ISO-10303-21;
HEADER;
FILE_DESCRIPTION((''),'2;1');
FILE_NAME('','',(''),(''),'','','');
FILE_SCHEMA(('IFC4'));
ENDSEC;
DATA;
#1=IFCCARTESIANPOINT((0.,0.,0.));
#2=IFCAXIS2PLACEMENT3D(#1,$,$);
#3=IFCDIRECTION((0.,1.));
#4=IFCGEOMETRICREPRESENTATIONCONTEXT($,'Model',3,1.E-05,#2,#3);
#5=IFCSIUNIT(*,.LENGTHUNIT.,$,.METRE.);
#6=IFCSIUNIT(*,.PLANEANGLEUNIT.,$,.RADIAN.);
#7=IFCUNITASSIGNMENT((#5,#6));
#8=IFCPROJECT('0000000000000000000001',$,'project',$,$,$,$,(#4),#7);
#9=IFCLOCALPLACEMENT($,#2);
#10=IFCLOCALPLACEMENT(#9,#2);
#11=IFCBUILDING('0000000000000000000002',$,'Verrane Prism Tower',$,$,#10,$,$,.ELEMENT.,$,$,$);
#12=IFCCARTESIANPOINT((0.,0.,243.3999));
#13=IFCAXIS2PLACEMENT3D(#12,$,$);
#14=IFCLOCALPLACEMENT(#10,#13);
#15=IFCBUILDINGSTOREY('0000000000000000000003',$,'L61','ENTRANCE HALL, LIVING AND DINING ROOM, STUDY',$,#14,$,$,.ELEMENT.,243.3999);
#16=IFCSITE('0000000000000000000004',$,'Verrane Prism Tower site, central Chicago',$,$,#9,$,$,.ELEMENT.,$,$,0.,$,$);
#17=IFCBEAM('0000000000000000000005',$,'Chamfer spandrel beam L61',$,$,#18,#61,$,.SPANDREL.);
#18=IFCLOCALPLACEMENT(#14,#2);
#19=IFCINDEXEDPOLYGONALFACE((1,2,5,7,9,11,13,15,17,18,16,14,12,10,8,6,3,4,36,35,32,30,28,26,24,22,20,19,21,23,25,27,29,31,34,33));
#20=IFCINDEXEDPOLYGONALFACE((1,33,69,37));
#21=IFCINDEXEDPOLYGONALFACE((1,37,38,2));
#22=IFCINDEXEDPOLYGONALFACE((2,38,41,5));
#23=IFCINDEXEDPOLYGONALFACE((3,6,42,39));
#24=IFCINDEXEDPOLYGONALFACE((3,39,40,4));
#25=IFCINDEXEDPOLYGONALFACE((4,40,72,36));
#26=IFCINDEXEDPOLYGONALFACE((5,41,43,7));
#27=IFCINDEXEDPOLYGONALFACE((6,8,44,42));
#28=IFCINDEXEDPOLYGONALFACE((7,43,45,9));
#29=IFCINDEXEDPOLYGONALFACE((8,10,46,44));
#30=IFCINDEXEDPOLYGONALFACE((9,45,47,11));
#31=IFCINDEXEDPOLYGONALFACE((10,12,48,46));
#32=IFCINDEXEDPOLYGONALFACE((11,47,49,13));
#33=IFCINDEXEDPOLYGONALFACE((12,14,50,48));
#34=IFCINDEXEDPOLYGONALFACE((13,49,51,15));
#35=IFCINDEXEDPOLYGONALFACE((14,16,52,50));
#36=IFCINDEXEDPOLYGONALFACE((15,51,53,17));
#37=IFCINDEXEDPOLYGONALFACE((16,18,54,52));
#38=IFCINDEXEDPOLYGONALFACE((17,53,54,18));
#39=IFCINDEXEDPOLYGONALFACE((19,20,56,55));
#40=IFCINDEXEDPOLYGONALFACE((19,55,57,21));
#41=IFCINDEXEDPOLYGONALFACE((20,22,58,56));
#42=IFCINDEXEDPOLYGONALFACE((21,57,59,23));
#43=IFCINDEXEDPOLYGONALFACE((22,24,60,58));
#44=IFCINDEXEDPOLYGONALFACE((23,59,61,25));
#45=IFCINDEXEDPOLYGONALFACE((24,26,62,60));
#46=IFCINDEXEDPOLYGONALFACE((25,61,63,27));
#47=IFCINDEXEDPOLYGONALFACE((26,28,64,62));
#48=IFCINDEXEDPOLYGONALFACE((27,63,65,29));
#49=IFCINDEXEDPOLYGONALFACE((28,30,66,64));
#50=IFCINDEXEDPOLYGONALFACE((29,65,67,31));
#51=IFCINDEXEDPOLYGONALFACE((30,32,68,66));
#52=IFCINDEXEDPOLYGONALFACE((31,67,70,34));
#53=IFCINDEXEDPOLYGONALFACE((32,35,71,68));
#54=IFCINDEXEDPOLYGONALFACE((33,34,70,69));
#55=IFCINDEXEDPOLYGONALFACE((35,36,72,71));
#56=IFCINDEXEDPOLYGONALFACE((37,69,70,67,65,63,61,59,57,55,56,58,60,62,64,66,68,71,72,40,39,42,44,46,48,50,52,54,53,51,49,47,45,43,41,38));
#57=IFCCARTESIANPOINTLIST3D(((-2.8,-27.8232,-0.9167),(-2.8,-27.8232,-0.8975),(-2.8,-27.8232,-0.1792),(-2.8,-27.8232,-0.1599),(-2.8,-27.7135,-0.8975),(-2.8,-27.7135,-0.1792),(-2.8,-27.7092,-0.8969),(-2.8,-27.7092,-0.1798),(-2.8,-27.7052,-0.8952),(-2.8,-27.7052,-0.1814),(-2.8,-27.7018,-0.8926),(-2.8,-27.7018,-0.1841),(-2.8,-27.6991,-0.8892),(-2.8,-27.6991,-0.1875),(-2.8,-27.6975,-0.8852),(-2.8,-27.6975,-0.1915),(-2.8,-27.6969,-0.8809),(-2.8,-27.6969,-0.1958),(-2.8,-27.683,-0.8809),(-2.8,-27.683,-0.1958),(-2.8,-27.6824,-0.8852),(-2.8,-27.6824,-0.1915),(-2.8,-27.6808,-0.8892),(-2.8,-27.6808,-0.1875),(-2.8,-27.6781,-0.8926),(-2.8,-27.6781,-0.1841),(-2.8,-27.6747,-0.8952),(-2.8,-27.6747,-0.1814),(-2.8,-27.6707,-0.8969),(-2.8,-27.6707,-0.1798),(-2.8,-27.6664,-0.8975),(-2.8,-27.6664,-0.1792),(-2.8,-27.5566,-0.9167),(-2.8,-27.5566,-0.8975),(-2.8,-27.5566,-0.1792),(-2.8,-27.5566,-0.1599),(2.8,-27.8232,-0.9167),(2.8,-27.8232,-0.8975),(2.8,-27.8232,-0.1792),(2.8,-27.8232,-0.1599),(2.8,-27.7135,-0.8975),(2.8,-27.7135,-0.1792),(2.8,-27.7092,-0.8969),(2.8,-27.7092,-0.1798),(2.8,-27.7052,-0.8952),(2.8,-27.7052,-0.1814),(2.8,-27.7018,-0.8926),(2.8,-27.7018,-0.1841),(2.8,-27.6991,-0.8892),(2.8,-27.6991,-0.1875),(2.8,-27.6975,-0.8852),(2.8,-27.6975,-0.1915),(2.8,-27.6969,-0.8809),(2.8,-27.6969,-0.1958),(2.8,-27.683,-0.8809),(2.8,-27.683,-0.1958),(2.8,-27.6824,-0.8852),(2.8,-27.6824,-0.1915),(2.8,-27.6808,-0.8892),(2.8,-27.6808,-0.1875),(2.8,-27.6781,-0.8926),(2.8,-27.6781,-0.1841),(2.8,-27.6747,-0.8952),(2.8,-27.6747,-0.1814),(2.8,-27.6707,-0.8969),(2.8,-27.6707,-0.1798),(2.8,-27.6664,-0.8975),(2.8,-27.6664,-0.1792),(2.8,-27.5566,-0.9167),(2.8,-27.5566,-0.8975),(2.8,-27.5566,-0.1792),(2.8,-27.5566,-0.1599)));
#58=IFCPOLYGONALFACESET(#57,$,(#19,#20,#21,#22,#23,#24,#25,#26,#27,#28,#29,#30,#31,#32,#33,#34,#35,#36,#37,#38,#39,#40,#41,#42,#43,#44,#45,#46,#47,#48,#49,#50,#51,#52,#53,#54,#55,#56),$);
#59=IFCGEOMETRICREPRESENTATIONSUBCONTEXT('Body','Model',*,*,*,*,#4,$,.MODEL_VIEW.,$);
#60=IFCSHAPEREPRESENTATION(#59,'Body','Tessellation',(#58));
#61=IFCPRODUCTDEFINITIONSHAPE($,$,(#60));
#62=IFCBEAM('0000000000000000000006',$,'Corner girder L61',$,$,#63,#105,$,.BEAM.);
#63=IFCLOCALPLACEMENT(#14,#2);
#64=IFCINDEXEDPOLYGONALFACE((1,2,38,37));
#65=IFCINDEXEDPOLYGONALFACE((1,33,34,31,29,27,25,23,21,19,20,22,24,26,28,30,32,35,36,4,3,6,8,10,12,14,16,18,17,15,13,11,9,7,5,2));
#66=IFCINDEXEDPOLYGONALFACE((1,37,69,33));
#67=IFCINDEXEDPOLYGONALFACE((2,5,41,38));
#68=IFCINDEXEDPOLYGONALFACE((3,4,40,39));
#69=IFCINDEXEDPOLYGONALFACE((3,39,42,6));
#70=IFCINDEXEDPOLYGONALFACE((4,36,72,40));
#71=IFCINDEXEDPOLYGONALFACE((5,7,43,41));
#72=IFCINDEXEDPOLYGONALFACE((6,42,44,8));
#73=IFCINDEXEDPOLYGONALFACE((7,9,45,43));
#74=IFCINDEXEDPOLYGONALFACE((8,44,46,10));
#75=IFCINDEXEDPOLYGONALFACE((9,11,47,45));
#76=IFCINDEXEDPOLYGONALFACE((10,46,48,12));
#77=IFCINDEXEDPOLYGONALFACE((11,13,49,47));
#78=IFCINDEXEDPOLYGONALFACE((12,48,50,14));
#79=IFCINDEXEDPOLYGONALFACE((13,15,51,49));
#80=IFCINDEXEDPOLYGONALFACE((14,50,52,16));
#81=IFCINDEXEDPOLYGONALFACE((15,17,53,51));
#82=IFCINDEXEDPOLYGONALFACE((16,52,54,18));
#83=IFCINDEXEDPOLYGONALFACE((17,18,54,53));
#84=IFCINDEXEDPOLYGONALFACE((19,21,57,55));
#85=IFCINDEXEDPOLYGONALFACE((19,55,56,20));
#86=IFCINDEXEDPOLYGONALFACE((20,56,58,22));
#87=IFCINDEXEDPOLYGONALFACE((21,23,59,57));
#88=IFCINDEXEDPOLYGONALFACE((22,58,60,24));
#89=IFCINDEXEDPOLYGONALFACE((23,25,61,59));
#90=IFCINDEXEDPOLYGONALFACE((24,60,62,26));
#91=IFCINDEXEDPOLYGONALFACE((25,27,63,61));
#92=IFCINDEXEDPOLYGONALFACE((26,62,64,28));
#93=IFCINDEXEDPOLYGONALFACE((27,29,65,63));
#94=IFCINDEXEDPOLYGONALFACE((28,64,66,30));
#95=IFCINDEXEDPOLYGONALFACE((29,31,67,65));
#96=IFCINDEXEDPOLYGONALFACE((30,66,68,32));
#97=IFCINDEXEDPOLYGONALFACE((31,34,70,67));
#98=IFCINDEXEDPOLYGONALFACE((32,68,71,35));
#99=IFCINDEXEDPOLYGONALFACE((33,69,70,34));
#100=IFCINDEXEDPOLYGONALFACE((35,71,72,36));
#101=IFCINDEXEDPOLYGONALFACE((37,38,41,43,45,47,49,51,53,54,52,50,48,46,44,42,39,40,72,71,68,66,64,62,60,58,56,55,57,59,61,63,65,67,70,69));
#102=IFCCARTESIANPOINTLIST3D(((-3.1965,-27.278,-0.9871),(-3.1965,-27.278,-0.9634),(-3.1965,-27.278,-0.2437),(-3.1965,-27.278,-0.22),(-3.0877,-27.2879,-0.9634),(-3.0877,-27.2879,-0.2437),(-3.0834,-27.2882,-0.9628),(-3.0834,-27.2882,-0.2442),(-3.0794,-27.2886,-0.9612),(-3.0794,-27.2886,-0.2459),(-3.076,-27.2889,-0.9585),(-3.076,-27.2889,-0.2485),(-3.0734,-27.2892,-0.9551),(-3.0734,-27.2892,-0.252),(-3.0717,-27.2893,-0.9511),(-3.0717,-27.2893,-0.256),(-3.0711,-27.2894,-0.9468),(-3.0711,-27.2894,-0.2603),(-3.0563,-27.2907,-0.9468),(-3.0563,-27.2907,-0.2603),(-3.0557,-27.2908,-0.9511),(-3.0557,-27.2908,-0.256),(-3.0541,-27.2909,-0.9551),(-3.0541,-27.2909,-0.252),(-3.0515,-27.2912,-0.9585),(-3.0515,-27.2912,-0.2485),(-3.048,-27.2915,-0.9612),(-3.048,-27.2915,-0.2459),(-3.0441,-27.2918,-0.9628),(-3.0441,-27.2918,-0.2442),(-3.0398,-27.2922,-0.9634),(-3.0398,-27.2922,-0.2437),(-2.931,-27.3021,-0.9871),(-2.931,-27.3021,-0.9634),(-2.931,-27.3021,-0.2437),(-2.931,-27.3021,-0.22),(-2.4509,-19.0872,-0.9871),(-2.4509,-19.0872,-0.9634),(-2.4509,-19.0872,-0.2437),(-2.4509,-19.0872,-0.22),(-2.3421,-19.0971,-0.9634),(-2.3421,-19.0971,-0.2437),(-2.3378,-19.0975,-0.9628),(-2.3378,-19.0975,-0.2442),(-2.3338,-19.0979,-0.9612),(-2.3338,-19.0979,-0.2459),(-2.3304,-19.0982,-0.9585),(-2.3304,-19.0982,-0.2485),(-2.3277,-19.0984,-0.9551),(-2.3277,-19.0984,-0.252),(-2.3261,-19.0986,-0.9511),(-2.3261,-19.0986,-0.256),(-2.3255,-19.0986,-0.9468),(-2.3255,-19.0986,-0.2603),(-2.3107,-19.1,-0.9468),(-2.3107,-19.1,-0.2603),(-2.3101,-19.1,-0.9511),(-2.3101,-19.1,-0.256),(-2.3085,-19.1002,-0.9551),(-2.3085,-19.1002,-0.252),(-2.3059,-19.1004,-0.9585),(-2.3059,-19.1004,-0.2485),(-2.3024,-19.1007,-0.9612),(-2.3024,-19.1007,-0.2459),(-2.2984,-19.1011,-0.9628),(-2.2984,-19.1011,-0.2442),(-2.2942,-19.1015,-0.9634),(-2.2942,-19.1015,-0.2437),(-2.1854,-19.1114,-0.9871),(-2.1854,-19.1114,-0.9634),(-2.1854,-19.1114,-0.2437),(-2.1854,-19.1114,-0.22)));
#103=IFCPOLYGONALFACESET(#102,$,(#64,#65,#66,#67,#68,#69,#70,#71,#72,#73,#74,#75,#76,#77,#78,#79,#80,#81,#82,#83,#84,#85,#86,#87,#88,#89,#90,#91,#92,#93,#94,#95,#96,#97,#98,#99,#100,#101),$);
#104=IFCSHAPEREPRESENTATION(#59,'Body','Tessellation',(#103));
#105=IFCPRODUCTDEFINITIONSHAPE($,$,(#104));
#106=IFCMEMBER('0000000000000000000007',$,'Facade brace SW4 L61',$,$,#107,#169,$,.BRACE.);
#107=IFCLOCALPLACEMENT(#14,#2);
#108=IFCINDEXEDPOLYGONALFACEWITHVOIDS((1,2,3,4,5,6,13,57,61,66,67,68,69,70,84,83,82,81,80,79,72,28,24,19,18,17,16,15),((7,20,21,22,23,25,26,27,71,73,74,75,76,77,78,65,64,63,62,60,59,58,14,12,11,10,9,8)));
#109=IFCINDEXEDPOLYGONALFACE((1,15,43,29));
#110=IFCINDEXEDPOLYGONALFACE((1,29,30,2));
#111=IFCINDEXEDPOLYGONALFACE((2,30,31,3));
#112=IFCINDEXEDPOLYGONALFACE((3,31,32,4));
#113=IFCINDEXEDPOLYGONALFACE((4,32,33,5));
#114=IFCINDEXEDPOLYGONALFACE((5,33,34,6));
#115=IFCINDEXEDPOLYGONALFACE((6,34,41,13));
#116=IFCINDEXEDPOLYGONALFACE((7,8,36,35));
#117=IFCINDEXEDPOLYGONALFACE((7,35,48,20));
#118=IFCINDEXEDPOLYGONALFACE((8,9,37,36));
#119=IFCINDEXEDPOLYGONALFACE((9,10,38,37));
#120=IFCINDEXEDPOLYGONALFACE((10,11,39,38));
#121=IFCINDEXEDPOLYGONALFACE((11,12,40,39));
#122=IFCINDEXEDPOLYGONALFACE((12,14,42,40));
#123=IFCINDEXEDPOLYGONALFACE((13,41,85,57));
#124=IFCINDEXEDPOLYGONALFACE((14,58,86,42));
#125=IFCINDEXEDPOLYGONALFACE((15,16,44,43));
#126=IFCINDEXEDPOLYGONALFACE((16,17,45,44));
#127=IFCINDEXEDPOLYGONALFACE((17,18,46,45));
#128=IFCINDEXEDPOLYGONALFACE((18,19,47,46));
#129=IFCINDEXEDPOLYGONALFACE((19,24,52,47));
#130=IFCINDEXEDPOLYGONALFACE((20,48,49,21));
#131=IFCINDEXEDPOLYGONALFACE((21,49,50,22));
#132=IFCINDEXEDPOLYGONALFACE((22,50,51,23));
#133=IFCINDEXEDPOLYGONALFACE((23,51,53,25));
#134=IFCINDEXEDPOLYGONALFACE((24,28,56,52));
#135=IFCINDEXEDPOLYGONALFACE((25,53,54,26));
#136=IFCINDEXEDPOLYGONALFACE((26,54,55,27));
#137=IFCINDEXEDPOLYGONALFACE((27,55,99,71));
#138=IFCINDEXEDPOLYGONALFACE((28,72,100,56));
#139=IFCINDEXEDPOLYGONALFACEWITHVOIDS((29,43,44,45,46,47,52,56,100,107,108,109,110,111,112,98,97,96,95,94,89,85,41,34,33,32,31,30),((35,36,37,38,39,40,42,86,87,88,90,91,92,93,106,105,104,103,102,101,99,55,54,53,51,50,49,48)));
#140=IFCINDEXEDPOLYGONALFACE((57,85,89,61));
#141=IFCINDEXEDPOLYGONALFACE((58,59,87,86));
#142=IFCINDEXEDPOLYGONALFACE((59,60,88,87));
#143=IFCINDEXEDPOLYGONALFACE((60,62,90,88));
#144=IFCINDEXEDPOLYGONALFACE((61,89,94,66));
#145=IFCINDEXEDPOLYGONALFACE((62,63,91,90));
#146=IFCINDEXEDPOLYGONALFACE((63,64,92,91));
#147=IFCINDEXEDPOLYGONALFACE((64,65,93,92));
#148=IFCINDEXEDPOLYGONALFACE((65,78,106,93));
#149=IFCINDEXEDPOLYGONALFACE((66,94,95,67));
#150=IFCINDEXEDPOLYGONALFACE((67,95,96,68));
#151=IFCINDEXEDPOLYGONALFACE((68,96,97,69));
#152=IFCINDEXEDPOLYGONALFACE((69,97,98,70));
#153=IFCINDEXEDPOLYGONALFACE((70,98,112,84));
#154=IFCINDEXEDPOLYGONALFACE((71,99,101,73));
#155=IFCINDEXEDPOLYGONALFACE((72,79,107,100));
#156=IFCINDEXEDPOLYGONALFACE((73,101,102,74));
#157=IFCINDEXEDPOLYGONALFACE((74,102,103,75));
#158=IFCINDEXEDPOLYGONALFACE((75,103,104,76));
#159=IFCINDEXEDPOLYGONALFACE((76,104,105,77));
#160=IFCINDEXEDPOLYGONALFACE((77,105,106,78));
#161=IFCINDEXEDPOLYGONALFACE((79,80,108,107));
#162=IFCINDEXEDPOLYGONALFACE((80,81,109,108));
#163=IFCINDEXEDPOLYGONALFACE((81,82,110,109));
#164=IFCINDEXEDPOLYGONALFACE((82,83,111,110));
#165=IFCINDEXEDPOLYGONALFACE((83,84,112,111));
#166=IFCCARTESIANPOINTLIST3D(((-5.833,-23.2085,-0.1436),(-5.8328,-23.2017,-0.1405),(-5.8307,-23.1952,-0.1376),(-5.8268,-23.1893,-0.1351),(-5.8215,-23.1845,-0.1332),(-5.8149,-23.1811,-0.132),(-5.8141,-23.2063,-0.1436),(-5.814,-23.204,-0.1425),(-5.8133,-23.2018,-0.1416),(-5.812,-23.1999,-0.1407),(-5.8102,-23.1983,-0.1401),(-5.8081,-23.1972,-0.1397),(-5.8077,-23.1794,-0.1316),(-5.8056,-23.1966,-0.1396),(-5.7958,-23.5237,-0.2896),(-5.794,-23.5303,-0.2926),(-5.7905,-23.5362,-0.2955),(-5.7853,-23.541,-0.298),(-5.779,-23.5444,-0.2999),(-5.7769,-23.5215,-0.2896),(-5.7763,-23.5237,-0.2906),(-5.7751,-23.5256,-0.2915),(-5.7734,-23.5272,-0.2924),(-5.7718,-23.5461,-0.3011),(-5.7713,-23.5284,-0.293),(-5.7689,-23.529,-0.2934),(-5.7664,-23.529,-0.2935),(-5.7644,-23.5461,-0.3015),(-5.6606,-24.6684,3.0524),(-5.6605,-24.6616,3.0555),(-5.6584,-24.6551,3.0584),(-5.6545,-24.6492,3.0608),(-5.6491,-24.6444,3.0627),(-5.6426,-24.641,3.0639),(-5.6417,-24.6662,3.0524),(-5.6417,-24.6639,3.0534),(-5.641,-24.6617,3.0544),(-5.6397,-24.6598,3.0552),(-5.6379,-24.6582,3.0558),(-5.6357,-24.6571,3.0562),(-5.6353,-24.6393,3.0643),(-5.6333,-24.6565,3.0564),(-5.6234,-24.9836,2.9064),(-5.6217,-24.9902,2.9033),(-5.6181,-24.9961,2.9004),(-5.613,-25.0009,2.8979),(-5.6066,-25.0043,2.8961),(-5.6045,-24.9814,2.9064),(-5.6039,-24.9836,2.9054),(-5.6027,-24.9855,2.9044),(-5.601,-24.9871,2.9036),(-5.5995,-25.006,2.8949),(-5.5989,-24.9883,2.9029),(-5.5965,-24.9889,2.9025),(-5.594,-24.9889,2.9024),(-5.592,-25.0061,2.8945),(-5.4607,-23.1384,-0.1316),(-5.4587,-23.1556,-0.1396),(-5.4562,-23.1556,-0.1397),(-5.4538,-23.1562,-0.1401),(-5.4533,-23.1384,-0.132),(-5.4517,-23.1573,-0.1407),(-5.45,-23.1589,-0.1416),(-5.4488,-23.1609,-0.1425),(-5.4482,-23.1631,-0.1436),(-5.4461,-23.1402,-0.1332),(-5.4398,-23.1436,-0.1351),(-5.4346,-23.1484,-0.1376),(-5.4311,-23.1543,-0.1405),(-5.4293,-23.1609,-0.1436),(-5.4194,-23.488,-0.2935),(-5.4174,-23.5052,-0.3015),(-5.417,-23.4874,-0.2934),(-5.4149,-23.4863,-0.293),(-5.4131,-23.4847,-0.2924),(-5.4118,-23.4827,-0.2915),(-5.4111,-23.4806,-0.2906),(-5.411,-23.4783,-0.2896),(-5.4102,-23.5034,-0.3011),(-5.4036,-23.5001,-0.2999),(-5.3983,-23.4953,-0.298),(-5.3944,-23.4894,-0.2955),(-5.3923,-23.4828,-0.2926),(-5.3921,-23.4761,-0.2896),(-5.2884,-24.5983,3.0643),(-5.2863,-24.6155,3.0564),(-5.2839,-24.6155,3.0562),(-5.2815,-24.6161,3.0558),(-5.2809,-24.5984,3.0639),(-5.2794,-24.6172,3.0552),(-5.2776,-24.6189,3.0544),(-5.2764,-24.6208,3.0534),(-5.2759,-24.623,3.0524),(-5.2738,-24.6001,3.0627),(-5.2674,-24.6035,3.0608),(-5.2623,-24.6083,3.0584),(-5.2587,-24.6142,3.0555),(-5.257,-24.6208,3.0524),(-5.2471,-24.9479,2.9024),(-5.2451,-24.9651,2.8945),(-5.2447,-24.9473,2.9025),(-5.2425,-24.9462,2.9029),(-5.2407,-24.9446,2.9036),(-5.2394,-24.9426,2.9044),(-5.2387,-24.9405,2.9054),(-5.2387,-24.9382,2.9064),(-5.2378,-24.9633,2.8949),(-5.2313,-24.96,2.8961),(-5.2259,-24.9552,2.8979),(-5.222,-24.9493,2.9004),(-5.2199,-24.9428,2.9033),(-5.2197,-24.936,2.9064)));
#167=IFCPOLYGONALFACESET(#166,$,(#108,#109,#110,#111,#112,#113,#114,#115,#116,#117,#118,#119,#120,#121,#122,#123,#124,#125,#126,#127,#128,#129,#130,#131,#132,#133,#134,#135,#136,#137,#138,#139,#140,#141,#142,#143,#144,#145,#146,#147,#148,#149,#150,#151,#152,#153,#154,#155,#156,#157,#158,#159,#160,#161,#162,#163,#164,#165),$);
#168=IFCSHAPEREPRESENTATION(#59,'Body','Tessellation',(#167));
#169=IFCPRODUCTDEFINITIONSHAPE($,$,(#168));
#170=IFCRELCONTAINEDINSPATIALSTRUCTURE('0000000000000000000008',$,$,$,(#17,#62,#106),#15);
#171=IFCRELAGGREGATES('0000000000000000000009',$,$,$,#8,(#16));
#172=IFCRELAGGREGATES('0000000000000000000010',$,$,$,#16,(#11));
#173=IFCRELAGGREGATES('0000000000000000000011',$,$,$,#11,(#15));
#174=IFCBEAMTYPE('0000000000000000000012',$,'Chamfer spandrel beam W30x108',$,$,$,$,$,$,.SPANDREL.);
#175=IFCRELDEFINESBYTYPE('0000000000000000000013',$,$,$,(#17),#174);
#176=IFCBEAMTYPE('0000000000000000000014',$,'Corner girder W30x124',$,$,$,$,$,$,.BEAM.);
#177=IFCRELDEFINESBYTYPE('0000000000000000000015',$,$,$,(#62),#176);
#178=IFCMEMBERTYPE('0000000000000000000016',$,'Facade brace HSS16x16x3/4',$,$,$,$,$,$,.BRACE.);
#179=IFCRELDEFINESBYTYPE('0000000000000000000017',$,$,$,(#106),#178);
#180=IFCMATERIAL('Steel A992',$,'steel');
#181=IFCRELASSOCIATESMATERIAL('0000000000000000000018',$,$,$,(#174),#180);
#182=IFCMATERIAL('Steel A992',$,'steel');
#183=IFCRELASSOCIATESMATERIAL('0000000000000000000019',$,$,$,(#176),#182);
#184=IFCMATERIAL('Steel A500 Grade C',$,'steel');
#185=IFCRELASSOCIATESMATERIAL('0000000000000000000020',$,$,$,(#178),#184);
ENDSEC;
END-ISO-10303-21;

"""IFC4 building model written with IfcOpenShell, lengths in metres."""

from ifc_helpers import new_model, si_unit, direction, frame, origin, origin_2d, place, context, subcontext, project, spatial, hollow_rectangle, i_section, extrude, material, material_profile, profile_set, type_object, element, save


model = new_model("IFC4")

# Units and contexts
model_context = context("Model", 3, precision=1e-05, world=origin(), true_north=direction((0.0, 1.0)))
body_context = subcontext(model_context, "Body", "Model", "MODEL_VIEW")
ifc_project = project(units=[si_unit("LENGTHUNIT", "METRE"), si_unit("PLANEANGLEUNIT", "RADIAN")], contexts=[model_context])

# Site, building, storey
site_placement = place(None, origin())
site = spatial("IfcSite", under=ifc_project, at=site_placement, Name="Verrane Prism Tower site, central Chicago", CompositionType="ELEMENT", RefElevation=0.0)
building_placement = place(site_placement, origin())
building = spatial("IfcBuilding", under=site, at=building_placement, Name="Verrane Prism Tower", CompositionType="ELEMENT")
storey_placement = place(building_placement, frame((0.0, 0.0, 243.3999)))
storey = spatial("IfcBuildingStorey", under=building, at=storey_placement, Name="L61", Description="ENTRANCE HALL, LIVING AND DINING ROOM, STUDY", CompositionType="ELEMENT", Elevation=243.3999)

# Beams
ifc_material_1 = material(Name="Steel A992", Category="steel")
ifc_material_profile_1 = material_profile(ifc_material_1, i_section(OverallWidth=0.2666, OverallDepth=0.7568, WebThickness=0.0139, FlangeThickness=0.0193, FilletRadius=0.0166, at=origin_2d()), Name="W30x108")
ifc_profile_set_1 = profile_set([ifc_material_profile_1], Name="Steel A992")
beam_type_1 = type_object("IfcBeamType", Name="Chamfer spandrel beam W30x108", PredefinedType="SPANDREL", material=ifc_profile_set_1)
beam_1_placement = place(storey_placement, frame((-2.8, -27.6899, -0.5383), z_axis=(1.0, 0.0, 0.0), x_axis=(0.0, 1.0, 0.0)))
element("IfcBeam", 1, at=beam_1_placement, inside=storey, type_object=beam_type_1, Name="Chamfer spandrel beam L61", PredefinedType="SPANDREL", context=body_context, shape_type="SweptSolid", body=[
    extrude(i_section(OverallWidth=0.2666, OverallDepth=0.7568, WebThickness=0.0139, FlangeThickness=0.0193, FilletRadius=0.0166, at=origin_2d()), origin(), (0.0, 0.0, 1.0), 5.6001),
])
ifc_material_2 = material(Name="Steel A992", Category="steel")
ifc_material_profile_2 = material_profile(ifc_material_2, i_section(OverallWidth=0.2666, OverallDepth=0.7671, WebThickness=0.0149, FlangeThickness=0.0237, FilletRadius=0.0166, at=origin_2d()), Name="W30x124")
ifc_profile_set_2 = profile_set([ifc_material_profile_2], Name="Steel A992")
beam_type_2 = type_object("IfcBeamType", Name="Corner girder W30x124", PredefinedType="BEAM", material=ifc_profile_set_2)
beam_2_placement = place(storey_placement, frame((-3.0637, -27.29, -0.6035), z_axis=(0.090656, 0.995882, 0.0), x_axis=(-0.995882, 0.090656, 0.0)))
element("IfcBeam", 2, at=beam_2_placement, inside=storey, type_object=beam_type_2, Name="Corner girder L61", PredefinedType="BEAM", context=body_context, shape_type="SweptSolid", body=[
    extrude(i_section(OverallWidth=0.2666, OverallDepth=0.7671, WebThickness=0.0149, FlangeThickness=0.0237, FilletRadius=0.0166, at=origin_2d()), origin(), (0.0, 0.0, 1.0), 8.2246),
])

# Member
ifc_material_3 = material(Name="Steel A500 Grade C", Category="steel")
ifc_material_profile_3 = material_profile(ifc_material_3, hollow_rectangle(XDim=0.4065, YDim=0.4065, WallThickness=0.019, InnerFilletRadius=0.0095, OuterFilletRadius=0.0286, at=origin_2d()), Name="HSS16x16x3/4")
ifc_profile_set_3 = profile_set([ifc_material_profile_3], Name="Steel A500 Grade C")
member_type_1 = type_object("IfcMemberType", Name="Facade brace HSS16x16x3/4", PredefinedType="BRACE", material=ifc_profile_set_3)
member_1_placement = place(storey_placement, frame((-5.6125, -23.3423, -0.2166), z_axis=(0.048996, -0.415005, 0.908499), x_axis=(0.993103, 0.117246, 0.0)))
element("IfcMember", 3, at=member_1_placement, inside=storey, type_object=member_type_1, Name="Facade brace SW4 L61", PredefinedType="BRACE", context=body_context, shape_type="SweptSolid", body=[
    extrude(hollow_rectangle(XDim=0.4065, YDim=0.4065, WallThickness=0.019, InnerFilletRadius=0.0095, OuterFilletRadius=0.0286, at=origin_2d()), origin(), (0.0, 0.0, 1.0), 3.5178),
])

save(model, "model.ifc")
